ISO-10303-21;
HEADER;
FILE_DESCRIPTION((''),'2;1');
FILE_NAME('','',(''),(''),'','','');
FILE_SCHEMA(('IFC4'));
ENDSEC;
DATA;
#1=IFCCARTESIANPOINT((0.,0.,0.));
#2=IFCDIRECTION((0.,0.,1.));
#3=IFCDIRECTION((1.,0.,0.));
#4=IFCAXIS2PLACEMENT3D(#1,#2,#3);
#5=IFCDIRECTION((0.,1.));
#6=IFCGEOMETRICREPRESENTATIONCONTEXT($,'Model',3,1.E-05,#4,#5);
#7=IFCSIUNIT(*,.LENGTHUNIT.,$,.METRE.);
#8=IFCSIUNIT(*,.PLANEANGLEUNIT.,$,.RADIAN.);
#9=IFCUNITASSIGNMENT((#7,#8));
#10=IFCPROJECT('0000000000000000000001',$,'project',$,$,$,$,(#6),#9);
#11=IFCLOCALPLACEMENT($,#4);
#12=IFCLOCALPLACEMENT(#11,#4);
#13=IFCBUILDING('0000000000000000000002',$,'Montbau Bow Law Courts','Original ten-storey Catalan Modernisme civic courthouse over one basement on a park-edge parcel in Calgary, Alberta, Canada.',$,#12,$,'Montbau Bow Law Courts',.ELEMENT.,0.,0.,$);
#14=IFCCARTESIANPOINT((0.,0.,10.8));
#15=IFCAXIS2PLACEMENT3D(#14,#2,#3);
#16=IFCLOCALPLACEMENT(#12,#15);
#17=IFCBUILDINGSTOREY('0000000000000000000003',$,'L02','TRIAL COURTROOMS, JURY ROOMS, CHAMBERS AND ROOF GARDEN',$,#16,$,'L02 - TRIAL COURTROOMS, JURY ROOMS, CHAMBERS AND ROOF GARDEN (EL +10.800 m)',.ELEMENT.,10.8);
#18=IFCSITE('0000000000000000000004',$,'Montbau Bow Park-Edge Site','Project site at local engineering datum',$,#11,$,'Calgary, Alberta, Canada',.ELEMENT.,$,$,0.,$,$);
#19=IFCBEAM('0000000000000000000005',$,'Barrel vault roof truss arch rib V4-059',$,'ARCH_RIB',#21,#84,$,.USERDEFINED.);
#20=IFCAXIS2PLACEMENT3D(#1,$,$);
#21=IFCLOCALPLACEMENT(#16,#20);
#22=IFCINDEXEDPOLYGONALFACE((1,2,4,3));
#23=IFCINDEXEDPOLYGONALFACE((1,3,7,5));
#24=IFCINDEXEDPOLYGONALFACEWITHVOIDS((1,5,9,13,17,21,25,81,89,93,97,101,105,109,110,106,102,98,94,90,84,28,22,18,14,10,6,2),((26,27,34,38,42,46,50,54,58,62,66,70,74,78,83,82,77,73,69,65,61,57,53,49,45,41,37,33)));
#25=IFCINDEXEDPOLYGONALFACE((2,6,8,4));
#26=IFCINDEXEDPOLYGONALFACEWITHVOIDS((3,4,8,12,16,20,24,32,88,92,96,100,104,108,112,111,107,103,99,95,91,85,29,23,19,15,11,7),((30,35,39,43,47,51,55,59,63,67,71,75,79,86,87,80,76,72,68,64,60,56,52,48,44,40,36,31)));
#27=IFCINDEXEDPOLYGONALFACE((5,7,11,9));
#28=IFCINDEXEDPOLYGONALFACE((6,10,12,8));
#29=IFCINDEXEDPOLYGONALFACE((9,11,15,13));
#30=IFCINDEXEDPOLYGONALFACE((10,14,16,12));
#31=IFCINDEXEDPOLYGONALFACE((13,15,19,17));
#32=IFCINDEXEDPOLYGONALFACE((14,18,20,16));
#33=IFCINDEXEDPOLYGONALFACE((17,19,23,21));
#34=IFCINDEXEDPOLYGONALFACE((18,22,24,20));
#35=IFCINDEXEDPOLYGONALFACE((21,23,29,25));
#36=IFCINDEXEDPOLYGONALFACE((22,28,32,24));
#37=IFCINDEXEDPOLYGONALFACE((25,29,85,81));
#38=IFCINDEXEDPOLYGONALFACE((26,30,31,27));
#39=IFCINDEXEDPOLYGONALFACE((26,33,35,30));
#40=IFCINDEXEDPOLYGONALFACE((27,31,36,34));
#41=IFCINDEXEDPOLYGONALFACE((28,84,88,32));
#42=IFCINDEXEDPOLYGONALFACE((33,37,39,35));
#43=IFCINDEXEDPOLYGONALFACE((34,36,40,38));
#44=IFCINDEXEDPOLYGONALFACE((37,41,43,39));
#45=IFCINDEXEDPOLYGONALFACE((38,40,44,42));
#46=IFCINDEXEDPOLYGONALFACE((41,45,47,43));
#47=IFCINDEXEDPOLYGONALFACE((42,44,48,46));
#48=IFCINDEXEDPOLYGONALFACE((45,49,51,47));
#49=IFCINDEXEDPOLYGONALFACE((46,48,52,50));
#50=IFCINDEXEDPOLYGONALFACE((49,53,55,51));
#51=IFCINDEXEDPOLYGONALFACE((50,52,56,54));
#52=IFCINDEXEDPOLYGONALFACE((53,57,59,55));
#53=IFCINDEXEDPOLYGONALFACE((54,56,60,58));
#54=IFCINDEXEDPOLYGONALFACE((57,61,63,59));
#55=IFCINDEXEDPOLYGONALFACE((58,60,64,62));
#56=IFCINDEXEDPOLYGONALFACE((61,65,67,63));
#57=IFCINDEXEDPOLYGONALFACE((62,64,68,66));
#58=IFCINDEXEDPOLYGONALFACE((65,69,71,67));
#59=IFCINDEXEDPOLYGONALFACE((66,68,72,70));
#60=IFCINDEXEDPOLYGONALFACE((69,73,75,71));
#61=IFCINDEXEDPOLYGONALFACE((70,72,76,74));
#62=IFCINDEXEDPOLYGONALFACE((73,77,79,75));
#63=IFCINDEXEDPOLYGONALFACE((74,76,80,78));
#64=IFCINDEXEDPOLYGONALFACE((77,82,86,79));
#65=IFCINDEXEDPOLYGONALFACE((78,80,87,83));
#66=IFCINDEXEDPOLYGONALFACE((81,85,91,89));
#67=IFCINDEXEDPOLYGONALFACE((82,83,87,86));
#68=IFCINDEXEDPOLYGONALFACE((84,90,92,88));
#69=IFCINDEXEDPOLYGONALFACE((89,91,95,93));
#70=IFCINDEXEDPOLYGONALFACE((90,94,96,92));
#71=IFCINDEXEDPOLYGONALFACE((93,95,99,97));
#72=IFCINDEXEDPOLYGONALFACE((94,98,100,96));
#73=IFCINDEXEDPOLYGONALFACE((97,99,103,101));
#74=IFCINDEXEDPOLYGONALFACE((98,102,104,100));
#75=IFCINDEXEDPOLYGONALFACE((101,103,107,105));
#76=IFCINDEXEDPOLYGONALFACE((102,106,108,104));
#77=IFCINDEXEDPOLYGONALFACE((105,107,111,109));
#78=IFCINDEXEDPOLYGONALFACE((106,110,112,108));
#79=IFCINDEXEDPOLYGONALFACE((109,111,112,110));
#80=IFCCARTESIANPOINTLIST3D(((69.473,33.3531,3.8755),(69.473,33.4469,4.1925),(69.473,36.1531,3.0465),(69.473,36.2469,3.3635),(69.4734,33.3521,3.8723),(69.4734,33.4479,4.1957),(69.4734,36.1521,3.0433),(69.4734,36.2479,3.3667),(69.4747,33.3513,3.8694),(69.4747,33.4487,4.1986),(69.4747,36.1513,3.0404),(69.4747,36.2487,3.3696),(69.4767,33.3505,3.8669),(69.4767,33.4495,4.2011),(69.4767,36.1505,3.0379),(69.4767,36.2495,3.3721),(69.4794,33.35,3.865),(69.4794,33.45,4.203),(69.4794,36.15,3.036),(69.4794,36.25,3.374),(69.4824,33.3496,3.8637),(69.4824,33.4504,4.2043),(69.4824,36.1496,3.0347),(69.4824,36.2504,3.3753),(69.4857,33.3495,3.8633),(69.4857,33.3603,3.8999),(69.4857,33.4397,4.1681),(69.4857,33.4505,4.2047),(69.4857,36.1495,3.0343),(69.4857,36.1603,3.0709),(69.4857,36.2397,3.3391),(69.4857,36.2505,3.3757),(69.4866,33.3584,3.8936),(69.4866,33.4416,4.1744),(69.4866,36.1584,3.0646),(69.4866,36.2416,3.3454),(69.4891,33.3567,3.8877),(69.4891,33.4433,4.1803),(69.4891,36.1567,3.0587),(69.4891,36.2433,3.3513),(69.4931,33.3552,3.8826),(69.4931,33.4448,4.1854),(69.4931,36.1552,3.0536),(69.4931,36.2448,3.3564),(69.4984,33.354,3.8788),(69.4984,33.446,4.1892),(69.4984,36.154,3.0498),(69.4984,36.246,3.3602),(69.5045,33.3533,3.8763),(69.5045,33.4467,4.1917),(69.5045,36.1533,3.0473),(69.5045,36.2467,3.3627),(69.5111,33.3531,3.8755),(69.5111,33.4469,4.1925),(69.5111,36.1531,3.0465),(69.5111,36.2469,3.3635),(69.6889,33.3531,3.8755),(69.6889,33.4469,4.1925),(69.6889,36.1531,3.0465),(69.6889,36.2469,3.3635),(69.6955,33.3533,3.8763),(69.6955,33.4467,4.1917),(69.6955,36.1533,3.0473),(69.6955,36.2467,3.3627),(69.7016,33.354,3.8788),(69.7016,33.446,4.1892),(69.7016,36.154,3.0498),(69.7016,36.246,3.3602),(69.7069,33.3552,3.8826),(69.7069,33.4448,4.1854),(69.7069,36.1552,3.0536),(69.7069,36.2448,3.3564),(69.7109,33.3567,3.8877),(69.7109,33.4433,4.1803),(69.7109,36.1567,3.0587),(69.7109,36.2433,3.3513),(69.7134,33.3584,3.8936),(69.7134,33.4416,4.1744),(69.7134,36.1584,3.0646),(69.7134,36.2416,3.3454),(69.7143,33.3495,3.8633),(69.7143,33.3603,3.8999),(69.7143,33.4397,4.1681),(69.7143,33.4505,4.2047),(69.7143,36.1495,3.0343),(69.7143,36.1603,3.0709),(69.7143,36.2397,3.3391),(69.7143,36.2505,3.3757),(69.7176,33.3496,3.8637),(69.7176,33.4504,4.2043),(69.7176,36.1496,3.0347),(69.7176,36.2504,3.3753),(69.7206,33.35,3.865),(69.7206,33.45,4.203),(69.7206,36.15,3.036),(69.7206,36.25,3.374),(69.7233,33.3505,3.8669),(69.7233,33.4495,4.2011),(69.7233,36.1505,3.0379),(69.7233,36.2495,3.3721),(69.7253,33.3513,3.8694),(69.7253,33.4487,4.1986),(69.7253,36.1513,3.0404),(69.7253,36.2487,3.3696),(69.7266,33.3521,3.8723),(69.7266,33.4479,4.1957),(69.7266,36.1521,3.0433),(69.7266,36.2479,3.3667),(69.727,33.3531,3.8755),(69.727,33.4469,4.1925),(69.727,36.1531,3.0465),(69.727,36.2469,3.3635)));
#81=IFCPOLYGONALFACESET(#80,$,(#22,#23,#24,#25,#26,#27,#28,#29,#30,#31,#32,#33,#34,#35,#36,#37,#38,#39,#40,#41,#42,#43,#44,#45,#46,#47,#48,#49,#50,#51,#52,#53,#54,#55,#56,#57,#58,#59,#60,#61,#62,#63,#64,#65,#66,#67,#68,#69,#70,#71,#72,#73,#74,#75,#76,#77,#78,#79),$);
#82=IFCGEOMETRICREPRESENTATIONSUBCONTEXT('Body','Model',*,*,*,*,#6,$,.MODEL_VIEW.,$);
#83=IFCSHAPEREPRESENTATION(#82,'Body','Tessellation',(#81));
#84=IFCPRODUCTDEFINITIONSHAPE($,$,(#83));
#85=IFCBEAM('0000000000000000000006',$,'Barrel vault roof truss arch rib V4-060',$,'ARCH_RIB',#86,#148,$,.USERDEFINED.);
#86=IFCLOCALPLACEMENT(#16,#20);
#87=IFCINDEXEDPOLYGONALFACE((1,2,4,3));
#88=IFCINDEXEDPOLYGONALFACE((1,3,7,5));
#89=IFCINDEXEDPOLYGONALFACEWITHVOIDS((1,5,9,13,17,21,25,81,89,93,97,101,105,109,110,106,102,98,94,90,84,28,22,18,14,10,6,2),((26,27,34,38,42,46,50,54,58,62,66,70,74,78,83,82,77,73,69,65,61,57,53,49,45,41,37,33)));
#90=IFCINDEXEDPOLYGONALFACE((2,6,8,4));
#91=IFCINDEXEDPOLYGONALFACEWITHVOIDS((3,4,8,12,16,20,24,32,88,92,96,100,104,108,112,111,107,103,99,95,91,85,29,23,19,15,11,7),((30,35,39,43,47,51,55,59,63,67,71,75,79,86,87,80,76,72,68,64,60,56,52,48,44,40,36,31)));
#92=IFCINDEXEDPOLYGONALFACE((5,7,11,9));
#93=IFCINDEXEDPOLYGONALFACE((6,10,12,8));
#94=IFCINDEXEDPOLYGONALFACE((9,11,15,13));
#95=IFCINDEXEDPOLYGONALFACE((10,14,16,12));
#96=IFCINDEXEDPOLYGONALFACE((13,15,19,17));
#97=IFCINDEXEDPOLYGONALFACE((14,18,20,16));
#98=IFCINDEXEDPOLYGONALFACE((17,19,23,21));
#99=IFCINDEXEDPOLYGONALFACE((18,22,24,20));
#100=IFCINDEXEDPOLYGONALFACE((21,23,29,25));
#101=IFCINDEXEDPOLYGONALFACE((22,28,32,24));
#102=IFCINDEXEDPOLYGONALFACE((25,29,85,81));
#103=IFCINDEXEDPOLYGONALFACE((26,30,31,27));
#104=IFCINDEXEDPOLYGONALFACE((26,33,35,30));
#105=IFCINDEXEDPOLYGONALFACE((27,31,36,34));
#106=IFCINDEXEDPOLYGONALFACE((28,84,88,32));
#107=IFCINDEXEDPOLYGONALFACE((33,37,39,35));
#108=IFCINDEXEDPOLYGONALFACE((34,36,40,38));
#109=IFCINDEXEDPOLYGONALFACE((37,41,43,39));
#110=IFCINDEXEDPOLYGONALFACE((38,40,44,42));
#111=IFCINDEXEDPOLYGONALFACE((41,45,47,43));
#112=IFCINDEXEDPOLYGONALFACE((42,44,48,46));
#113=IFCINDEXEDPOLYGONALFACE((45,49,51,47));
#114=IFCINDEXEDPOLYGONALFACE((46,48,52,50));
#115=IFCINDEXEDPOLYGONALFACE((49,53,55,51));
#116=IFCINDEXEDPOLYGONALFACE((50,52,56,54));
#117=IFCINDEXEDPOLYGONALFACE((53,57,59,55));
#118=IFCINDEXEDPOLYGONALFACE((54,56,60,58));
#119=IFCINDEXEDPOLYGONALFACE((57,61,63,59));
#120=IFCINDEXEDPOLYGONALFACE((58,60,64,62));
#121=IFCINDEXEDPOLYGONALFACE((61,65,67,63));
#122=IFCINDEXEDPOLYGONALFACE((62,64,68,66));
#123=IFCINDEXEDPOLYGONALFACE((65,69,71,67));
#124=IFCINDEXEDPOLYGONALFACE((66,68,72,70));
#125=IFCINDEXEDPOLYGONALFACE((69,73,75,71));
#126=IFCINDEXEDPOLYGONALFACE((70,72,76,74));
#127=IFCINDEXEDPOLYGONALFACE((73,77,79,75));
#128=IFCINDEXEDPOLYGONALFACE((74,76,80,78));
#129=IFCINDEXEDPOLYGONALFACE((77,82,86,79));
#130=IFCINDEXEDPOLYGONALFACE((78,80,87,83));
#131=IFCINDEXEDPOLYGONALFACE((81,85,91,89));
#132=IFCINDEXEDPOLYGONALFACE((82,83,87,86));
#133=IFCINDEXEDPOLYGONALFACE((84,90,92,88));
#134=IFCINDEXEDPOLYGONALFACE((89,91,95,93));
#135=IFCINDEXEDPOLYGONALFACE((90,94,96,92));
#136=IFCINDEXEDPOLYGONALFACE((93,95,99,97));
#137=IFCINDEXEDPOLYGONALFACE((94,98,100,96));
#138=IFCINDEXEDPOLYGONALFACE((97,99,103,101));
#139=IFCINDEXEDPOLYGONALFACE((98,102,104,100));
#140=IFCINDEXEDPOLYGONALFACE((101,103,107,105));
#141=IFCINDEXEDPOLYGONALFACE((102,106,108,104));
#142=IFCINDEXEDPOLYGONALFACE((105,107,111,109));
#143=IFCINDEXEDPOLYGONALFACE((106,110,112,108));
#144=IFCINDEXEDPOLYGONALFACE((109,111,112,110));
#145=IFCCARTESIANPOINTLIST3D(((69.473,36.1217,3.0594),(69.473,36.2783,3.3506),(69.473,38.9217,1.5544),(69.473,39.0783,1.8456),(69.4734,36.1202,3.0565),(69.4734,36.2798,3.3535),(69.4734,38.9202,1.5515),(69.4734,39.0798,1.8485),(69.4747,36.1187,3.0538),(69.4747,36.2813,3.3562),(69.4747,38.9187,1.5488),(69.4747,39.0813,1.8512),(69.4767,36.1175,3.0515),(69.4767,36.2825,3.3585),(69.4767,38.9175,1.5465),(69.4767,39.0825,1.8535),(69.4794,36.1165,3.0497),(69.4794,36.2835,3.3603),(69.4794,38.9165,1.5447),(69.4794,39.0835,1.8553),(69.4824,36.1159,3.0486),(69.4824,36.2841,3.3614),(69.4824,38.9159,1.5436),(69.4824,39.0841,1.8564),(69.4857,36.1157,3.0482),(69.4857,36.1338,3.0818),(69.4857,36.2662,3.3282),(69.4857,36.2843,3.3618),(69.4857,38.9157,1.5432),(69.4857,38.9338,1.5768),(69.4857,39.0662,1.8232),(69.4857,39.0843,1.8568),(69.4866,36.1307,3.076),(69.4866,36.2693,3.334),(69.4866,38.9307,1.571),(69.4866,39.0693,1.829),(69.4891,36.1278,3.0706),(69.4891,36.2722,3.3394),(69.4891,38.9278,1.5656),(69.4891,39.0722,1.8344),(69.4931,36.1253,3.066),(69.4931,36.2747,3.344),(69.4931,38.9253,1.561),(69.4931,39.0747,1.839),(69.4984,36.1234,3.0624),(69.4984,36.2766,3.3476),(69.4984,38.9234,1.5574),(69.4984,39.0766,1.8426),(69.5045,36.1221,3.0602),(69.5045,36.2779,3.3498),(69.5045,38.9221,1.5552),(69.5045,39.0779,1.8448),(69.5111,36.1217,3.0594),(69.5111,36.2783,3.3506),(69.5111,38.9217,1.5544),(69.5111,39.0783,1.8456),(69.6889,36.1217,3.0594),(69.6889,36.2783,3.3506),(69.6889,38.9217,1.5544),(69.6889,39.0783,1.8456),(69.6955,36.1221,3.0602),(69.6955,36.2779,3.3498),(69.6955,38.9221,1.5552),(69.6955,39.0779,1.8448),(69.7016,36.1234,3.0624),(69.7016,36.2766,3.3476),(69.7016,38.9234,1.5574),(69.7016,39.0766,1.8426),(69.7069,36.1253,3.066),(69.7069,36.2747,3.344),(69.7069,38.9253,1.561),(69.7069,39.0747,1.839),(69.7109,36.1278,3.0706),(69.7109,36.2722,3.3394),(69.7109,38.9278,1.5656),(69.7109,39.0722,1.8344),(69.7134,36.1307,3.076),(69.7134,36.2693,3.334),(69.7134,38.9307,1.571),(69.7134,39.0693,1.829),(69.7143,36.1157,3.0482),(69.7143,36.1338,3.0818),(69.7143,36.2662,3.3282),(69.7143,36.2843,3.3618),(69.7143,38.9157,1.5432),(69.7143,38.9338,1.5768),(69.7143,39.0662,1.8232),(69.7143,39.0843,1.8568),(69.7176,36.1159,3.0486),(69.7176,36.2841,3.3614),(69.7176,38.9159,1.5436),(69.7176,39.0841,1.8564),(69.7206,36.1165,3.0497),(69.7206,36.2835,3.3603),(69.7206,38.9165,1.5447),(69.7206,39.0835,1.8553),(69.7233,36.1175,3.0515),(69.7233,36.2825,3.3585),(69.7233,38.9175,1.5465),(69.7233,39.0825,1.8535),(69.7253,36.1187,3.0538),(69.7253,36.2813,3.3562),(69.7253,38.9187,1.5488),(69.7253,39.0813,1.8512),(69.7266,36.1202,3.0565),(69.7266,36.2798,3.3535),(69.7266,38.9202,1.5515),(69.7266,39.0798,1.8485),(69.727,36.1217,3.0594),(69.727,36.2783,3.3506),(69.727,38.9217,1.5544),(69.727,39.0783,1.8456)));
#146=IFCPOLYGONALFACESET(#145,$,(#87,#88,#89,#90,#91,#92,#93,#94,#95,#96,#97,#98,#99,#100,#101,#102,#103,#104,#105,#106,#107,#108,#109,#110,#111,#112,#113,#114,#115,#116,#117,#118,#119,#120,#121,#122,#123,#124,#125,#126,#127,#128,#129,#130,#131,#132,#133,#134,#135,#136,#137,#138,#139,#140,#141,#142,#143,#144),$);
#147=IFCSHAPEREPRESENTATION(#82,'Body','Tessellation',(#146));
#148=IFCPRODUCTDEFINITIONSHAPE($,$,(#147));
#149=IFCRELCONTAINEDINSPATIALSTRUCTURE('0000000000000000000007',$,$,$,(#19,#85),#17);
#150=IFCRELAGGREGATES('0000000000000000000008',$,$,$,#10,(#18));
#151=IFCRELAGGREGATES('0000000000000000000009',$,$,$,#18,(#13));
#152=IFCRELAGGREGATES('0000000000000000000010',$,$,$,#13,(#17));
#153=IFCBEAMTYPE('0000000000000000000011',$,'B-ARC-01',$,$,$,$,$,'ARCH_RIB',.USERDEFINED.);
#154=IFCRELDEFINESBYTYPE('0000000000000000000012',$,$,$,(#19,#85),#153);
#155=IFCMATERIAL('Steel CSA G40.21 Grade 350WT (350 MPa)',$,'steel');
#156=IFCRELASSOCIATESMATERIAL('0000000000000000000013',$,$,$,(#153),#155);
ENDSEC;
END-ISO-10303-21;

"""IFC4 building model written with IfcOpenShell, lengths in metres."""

from ifc_helpers import new_model, si_unit, direction, frame, origin_with_axes, origin_2d_with_axis, place, context, subcontext, project, spatial, hollow_rectangle, extrude, material, material_profile, profile_set, type_object, element, save


model = new_model("IFC4")

# Units and contexts
model_context = context("Model", 3, precision=1e-05, world=origin_with_axes(), true_north=direction((0.0, 1.0)))
body_context = subcontext(model_context, "Body", "Model", "MODEL_VIEW")
ifc_project = project(units=[si_unit("LENGTHUNIT", "METRE"), si_unit("PLANEANGLEUNIT", "RADIAN")], contexts=[model_context])

# Site, building, storey
site_placement = place(None, origin_with_axes())
site = spatial("IfcSite", under=ifc_project, at=site_placement, Name="Montbau Bow Park-Edge Site", Description="Project site at local engineering datum", LongName="Calgary, Alberta, Canada", CompositionType="ELEMENT", RefElevation=0.0)
building_placement = place(site_placement, origin_with_axes())
building = spatial("IfcBuilding", under=site, at=building_placement, Name="Montbau Bow Law Courts", Description="Original ten-storey Catalan Modernisme civic courthouse over one basement on a park-edge parcel in Calgary, Alberta, Canada.", LongName="Montbau Bow Law Courts", CompositionType="ELEMENT", ElevationOfRefHeight=0.0, ElevationOfTerrain=0.0)
storey_placement = place(building_placement, frame((0.0, 0.0, 10.8), z_axis=(0.0, 0.0, 1.0), x_axis=(1.0, 0.0, 0.0)))
storey = spatial("IfcBuildingStorey", under=building, at=storey_placement, Name="L02", Description="TRIAL COURTROOMS, JURY ROOMS, CHAMBERS AND ROOF GARDEN", LongName="L02 - TRIAL COURTROOMS, JURY ROOMS, CHAMBERS AND ROOF GARDEN (EL +10.800 m)", CompositionType="ELEMENT", Elevation=10.8)

# Beams
ifc_material_1 = material(Name="Steel CSA G40.21 Grade 350WT (350 MPa)", Category="steel")
ifc_material_profile_1 = material_profile(ifc_material_1, hollow_rectangle(XDim=0.254, YDim=0.356, WallThickness=0.0127, InnerFilletRadius=0.0254, OuterFilletRadius=0.0127, at=origin_2d_with_axis()), Name="HSS356X254X13", Category="Main", Priority=0)
ifc_profile_set_1 = profile_set([ifc_material_profile_1], Name="Steel CSA G40.21 Grade 350WT (350 MPa)")
beam_type = type_object("IfcBeamType", Name="B-ARC-01", ElementType="ARCH_RIB", PredefinedType="USERDEFINED", material=ifc_profile_set_1)
beam_1_placement = place(None, frame((69.6, 33.4, 14.834), z_axis=(0.0, 0.958857, -0.28389), x_axis=(-1.0, 0.0, 0.0)))
element("IfcBeam", 1, at=beam_1_placement, inside=storey, type_object=beam_type, Name="Barrel vault roof truss arch rib V4-059", ObjectType="ARCH_RIB", PredefinedType="USERDEFINED", context=body_context, shape_type="SweptSolid", body=[
    extrude(hollow_rectangle(XDim=0.254, YDim=0.356, WallThickness=0.0127, InnerFilletRadius=0.0254, OuterFilletRadius=0.0127, at=origin_2d_with_axis()), origin_with_axes(), (0.0, 0.0, 1.0), 2.9201),
])
beam_2_placement = place(None, frame((69.6, 36.2, 14.005), z_axis=(0.0, 0.880824, -0.473443), x_axis=(-1.0, 0.0, 0.0)))
element("IfcBeam", 2, at=beam_2_placement, inside=storey, type_object=beam_type, Name="Barrel vault roof truss arch rib V4-060", ObjectType="ARCH_RIB", PredefinedType="USERDEFINED", context=body_context, shape_type="SweptSolid", body=[
    extrude(hollow_rectangle(XDim=0.254, YDim=0.356, WallThickness=0.0127, InnerFilletRadius=0.0254, OuterFilletRadius=0.0127, at=origin_2d_with_axis()), origin_with_axes(), (0.0, 0.0, 1.0), 3.1788),
])

save(model, "model.ifc")
